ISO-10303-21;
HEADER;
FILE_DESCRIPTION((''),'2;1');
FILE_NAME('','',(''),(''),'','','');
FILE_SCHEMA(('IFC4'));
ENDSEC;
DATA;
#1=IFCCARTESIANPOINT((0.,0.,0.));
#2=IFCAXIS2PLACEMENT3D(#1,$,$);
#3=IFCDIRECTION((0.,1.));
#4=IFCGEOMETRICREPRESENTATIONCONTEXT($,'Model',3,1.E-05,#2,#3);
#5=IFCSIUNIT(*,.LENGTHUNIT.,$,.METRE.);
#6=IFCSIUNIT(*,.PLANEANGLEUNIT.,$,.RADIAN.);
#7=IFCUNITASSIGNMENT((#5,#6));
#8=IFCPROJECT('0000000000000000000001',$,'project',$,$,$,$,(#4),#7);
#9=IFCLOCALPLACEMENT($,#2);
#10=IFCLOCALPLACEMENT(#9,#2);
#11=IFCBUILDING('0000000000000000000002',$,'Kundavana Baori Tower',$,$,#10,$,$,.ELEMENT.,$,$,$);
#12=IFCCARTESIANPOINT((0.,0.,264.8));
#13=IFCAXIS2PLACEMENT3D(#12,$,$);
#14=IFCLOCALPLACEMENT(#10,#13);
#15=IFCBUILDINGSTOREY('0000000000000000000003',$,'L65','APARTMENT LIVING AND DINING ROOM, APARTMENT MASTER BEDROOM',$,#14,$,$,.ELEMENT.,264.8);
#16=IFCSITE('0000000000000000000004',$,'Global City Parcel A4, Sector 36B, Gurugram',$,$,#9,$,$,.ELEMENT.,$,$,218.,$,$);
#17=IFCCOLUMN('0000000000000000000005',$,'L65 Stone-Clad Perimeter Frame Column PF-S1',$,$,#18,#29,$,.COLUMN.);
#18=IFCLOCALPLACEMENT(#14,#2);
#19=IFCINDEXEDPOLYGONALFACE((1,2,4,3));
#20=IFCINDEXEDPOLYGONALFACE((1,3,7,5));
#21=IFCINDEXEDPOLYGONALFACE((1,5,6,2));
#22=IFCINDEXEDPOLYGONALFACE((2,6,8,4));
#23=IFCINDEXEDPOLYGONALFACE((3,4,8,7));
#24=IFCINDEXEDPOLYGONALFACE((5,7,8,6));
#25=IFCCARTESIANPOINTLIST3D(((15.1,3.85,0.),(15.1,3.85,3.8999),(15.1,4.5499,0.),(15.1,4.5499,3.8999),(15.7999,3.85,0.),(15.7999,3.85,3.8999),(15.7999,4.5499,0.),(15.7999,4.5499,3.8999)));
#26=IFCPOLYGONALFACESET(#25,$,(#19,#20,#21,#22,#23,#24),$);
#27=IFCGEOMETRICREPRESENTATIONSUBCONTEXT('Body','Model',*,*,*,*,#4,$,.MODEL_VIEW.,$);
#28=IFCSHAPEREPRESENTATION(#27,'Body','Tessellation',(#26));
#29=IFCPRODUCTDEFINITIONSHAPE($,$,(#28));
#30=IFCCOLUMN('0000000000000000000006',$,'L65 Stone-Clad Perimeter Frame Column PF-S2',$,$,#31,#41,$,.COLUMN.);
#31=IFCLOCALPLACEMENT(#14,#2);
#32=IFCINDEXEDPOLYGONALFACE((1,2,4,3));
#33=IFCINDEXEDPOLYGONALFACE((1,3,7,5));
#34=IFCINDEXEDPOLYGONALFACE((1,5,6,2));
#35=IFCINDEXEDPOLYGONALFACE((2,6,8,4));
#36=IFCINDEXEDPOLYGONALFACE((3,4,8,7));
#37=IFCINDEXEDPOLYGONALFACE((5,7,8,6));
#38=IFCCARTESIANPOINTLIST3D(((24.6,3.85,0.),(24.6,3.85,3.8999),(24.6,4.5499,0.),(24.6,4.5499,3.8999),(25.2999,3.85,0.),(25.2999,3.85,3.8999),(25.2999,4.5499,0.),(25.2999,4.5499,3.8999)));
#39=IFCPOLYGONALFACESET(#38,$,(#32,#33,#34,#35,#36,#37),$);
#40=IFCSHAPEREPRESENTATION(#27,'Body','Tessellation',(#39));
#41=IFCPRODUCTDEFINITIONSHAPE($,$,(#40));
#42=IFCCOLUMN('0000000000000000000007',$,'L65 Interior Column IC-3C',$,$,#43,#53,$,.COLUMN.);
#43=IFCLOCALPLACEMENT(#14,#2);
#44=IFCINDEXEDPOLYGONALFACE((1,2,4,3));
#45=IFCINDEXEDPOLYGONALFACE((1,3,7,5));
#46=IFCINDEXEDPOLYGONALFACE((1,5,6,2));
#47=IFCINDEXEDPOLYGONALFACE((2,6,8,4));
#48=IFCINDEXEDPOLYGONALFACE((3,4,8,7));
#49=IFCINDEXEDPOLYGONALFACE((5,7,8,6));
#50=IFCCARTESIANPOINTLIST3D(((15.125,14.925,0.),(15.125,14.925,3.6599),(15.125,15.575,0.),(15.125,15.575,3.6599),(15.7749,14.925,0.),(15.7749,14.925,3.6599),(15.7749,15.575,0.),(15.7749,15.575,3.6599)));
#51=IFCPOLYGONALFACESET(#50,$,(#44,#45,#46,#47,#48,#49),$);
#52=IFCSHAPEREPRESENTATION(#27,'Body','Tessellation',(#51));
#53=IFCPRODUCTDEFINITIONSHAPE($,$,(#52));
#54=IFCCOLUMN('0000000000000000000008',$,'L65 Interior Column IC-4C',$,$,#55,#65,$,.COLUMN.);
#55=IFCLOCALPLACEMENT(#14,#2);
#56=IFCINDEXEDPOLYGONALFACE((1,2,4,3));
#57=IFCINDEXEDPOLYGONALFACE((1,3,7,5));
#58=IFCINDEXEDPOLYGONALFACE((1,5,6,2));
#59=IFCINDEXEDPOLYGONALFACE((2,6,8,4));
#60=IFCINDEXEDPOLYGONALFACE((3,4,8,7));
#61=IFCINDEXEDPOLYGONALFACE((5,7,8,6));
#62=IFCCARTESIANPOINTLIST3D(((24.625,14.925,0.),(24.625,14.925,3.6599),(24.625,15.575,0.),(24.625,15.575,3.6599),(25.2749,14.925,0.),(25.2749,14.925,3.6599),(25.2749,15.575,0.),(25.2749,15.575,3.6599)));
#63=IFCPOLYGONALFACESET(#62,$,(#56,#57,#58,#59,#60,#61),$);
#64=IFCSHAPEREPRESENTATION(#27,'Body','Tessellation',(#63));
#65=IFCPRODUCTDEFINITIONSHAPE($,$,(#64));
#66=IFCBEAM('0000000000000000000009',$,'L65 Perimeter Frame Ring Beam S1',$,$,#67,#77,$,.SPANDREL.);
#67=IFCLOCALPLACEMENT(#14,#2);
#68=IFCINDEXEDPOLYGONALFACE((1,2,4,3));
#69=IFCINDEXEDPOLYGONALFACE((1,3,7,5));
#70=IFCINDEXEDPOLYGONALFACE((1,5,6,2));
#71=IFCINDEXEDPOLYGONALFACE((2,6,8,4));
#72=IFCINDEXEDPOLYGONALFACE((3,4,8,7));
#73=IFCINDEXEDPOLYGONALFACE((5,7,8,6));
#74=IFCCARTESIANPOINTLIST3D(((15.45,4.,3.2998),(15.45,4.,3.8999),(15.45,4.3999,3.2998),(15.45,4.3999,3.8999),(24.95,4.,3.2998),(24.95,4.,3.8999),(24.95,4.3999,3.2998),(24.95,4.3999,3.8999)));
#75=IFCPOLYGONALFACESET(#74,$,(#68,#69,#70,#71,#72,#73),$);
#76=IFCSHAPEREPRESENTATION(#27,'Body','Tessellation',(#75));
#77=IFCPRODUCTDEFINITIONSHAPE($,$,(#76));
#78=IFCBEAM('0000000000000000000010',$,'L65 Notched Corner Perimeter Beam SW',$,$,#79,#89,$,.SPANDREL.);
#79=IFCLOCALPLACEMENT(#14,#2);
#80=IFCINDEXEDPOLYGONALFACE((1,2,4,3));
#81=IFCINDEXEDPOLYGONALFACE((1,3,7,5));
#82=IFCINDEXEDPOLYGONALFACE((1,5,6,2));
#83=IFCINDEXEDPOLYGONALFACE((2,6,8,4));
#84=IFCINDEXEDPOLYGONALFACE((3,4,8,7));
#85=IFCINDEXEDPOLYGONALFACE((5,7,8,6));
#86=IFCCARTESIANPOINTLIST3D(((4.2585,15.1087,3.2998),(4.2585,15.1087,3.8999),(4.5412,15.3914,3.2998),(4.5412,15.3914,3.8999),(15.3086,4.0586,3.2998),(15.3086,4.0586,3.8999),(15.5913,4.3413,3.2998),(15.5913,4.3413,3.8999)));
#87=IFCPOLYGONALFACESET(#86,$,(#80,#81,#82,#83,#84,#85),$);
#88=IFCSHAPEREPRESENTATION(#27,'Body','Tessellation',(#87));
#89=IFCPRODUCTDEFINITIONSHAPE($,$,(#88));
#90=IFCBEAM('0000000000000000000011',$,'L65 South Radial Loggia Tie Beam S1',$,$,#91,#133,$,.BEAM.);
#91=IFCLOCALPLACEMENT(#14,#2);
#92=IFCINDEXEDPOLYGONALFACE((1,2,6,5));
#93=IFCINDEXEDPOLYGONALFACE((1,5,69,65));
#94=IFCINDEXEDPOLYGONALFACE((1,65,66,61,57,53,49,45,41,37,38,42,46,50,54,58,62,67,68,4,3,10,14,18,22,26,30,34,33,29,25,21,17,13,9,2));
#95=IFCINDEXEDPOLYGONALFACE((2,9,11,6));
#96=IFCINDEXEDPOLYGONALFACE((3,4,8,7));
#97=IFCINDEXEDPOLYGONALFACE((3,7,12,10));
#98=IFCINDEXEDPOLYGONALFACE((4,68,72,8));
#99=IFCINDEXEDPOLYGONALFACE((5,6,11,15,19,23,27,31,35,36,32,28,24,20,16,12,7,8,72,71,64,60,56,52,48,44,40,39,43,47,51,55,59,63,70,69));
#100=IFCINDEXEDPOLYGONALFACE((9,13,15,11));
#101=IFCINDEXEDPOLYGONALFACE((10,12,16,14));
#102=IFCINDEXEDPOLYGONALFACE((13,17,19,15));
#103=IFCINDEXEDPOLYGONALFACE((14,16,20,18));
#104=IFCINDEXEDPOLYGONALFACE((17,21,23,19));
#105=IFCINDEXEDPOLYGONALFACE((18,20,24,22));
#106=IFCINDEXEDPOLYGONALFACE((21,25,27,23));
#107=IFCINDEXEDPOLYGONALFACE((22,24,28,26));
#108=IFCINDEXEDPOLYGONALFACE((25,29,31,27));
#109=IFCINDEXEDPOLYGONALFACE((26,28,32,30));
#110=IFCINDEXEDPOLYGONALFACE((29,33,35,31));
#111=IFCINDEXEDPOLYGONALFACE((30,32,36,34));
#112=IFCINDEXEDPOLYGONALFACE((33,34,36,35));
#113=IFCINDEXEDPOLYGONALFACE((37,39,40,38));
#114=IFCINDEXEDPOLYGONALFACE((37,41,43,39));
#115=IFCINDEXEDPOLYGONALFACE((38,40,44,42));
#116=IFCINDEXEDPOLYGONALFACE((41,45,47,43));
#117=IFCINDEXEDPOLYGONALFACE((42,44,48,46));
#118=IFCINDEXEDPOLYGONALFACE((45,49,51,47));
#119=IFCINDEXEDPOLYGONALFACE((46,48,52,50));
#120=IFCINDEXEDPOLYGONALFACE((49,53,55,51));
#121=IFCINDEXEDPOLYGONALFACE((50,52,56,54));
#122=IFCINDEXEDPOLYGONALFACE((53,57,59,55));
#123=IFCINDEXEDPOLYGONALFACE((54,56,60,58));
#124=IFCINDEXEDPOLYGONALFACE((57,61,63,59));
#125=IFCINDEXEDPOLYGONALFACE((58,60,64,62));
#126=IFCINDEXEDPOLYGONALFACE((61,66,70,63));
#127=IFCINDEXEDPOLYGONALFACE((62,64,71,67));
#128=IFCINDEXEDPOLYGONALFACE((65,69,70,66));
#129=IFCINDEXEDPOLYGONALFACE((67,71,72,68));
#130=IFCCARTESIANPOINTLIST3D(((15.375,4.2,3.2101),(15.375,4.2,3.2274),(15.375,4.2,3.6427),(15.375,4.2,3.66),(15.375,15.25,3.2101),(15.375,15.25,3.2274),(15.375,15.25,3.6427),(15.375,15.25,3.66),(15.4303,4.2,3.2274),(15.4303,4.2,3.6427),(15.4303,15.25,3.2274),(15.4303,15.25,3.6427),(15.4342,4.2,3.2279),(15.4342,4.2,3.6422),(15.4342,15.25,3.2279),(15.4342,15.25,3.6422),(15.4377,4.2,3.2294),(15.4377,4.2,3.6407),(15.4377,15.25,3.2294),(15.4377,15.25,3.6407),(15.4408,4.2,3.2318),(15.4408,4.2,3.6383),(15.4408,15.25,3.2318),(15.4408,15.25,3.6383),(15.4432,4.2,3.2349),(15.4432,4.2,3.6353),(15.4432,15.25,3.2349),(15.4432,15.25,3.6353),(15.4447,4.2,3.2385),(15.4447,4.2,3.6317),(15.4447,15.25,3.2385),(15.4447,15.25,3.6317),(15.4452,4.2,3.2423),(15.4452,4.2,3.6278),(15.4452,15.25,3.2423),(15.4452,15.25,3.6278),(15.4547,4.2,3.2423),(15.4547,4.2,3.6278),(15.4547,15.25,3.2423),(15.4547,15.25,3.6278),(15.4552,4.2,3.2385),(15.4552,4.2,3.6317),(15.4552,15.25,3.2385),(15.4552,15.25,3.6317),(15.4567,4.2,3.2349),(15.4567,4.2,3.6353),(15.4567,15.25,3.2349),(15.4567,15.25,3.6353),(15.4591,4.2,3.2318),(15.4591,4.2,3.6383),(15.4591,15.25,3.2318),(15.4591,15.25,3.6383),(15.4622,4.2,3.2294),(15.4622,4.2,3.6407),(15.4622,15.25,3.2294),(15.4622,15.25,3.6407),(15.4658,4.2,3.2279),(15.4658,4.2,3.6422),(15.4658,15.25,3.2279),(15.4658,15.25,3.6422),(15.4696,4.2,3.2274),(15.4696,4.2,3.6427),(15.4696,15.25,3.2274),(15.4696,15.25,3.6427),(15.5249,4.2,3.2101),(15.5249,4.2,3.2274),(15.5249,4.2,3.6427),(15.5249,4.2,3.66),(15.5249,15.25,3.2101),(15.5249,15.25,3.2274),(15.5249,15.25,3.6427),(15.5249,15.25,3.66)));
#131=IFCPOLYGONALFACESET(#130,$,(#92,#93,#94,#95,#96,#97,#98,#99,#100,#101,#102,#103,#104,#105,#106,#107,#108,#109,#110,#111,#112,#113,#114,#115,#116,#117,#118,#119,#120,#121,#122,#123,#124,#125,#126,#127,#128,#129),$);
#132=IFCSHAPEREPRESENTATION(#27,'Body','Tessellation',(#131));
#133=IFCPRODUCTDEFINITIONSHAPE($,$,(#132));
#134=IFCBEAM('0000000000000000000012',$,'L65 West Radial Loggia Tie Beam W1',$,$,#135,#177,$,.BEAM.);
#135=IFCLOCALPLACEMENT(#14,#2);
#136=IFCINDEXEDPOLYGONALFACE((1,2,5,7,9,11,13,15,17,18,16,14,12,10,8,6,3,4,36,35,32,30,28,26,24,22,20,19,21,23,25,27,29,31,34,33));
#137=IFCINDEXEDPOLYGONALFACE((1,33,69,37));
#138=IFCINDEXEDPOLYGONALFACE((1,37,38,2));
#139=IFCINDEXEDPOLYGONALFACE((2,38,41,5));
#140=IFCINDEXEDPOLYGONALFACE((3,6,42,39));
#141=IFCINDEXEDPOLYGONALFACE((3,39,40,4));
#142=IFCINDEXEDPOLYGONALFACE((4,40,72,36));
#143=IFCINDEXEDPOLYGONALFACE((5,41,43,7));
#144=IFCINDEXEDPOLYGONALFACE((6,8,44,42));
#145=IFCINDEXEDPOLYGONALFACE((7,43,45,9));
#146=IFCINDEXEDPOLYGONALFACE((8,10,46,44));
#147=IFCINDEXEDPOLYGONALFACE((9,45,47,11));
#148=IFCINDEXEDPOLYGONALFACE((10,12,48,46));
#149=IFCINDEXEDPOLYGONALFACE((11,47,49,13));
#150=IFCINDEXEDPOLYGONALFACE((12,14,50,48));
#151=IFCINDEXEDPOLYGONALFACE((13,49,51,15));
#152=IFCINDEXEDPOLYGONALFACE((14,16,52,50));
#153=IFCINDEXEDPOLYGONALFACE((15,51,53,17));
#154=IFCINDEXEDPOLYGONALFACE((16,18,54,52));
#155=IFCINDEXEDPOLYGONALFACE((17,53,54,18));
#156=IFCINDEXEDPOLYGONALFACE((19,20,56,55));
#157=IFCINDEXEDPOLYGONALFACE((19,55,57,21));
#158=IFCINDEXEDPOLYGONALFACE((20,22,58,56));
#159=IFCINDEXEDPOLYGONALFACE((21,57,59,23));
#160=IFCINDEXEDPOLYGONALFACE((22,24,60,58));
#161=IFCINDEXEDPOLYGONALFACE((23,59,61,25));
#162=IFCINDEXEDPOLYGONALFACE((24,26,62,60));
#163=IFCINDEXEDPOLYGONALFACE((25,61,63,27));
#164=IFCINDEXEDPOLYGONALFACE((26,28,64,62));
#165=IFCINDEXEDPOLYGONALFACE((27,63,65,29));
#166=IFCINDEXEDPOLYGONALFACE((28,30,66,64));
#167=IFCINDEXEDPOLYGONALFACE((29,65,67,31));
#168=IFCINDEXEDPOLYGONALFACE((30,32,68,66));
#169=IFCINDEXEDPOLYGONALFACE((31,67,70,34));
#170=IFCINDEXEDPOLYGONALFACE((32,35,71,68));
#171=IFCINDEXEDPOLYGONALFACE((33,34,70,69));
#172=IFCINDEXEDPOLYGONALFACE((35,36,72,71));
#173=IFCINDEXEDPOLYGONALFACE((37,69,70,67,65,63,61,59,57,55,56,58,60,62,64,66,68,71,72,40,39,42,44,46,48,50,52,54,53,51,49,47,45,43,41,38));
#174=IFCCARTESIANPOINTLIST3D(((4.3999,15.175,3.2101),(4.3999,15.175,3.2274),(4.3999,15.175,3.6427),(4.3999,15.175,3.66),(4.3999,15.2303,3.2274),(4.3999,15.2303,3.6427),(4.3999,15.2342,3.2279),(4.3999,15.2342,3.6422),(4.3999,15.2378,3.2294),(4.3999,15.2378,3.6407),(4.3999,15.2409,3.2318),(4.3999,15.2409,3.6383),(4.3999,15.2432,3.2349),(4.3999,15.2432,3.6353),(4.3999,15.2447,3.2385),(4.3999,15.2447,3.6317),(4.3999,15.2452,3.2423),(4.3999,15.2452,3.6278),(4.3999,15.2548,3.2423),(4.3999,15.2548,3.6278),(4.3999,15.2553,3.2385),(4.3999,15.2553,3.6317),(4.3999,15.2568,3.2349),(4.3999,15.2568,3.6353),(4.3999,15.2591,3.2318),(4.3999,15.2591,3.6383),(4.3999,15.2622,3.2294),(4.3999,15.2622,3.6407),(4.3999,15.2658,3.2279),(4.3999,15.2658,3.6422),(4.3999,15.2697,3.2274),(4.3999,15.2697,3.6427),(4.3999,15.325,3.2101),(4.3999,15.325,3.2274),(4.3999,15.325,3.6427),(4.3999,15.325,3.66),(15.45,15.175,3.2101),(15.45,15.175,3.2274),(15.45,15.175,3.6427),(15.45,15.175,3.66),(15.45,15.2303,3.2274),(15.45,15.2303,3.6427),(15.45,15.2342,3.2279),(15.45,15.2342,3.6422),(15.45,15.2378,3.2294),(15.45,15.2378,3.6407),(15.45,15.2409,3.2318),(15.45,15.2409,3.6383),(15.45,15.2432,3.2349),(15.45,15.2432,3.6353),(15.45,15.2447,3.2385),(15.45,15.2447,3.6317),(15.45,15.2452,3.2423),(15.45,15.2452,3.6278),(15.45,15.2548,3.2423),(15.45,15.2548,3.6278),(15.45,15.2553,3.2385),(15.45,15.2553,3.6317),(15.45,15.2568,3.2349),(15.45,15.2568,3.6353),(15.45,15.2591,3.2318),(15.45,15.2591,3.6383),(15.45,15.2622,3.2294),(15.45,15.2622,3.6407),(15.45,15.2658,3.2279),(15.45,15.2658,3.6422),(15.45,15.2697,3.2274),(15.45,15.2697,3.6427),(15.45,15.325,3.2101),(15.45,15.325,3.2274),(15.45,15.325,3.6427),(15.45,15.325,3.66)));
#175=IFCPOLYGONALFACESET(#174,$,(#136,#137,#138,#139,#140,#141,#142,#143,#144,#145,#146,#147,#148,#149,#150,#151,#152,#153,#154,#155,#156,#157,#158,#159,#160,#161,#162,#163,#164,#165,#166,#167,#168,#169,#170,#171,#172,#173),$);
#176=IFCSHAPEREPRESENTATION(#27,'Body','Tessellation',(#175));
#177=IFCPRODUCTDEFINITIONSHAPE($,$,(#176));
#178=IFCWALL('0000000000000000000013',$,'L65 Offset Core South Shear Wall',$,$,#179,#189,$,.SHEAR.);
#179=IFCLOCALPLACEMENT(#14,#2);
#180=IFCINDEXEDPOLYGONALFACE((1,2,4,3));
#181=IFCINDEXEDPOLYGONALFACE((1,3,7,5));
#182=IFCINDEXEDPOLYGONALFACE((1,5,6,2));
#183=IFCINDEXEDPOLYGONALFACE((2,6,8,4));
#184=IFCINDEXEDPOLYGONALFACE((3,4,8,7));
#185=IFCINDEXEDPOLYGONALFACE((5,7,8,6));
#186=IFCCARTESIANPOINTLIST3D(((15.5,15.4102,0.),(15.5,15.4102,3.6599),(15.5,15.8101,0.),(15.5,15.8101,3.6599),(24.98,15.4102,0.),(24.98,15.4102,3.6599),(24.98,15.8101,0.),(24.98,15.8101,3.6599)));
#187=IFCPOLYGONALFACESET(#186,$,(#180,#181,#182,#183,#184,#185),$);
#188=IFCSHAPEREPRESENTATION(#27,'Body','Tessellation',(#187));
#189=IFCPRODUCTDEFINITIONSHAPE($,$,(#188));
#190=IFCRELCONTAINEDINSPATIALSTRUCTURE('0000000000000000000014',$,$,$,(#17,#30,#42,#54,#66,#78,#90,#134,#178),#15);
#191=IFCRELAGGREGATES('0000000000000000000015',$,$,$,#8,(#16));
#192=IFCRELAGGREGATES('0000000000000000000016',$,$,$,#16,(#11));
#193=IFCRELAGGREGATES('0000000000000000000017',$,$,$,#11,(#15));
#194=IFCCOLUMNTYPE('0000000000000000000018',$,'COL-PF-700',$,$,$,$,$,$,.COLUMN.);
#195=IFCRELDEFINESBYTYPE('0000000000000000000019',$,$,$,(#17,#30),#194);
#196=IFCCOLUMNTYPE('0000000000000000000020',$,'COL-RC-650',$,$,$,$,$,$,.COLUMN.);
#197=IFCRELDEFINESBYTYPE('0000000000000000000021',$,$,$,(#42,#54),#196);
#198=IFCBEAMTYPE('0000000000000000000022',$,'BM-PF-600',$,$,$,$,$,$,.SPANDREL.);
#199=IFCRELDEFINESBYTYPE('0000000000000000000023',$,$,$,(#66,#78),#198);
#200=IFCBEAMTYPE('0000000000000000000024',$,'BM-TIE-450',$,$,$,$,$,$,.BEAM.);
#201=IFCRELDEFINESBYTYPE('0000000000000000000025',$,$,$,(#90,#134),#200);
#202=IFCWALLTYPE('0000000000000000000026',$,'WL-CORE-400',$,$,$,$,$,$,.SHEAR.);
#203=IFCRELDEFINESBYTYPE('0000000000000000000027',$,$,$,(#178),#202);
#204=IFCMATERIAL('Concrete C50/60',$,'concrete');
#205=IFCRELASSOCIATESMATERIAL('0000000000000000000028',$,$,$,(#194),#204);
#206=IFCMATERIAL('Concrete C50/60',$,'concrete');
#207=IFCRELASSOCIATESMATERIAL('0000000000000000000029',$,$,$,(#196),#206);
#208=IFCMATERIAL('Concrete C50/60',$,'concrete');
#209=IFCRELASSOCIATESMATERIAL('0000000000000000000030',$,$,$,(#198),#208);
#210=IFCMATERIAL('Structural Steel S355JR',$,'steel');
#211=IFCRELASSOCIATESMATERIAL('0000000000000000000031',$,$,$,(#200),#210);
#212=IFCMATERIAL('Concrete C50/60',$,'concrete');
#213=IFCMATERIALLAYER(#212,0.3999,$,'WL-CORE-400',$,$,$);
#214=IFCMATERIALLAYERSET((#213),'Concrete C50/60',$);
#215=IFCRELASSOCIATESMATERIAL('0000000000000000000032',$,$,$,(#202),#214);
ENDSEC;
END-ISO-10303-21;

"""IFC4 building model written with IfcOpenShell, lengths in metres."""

from ifc_helpers import new_model, si_unit, direction, frame, frame_2d, origin, origin_2d, place, context, subcontext, project, spatial, rectangle, i_section, extrude, material, layer, layer_set, material_profile, profile_set, type_object, element, save


model = new_model("IFC4")

# Units and contexts
model_context = context("Model", 3, precision=1e-05, world=origin(), true_north=direction((0.0, 1.0)))
body_context = subcontext(model_context, "Body", "Model", "MODEL_VIEW")
ifc_project = project(units=[si_unit("LENGTHUNIT", "METRE"), si_unit("PLANEANGLEUNIT", "RADIAN")], contexts=[model_context])

# Site, building, storey
site_placement = place(None, origin())
site = spatial("IfcSite", under=ifc_project, at=site_placement, Name="Global City Parcel A4, Sector 36B, Gurugram", CompositionType="ELEMENT", RefElevation=218.0)
building_placement = place(site_placement, origin())
building = spatial("IfcBuilding", under=site, at=building_placement, Name="Kundavana Baori Tower", CompositionType="ELEMENT")
storey_placement = place(building_placement, frame((0.0, 0.0, 264.8)))
storey = spatial("IfcBuildingStorey", under=building, at=storey_placement, Name="L65", Description="APARTMENT LIVING AND DINING ROOM, APARTMENT MASTER BEDROOM", CompositionType="ELEMENT", Elevation=264.8)

# Columns
ifc_material_1 = material(Name="Concrete C50/60", Category="concrete")
ifc_material_profile_1 = material_profile(ifc_material_1, rectangle(XDim=0.7, YDim=0.7, at=origin_2d()), Name="RC PF 700x700")
ifc_profile_set_1 = profile_set([ifc_material_profile_1], Name="Concrete C50/60")
column_type_1 = type_object("IfcColumnType", Name="COL-PF-700", PredefinedType="COLUMN", material=ifc_profile_set_1)
for number, where, z_axis, x_axis, name in (
    (1, (15.45, 4.2, 0.0), (0.0, 0.0, 1.0), (1.0, 0.0, 0.0), "L65 Stone-Clad Perimeter Frame Column PF-S1"),
    (2, (24.95, 4.2, 0.0), (0.0, 0.0, 1.0), (1.0, 0.0, 0.0), "L65 Stone-Clad Perimeter Frame Column PF-S2"),
):
    element("IfcColumn", number, at=place(storey_placement, frame(where, z_axis=z_axis, x_axis=x_axis)), inside=storey, type_object=column_type_1, Name=name, PredefinedType="COLUMN", context=body_context, shape_type="SweptSolid", body=[
        extrude(rectangle(XDim=0.7, YDim=0.7, at=origin_2d()), origin(), (0.0, 0.0, 1.0), 3.8999),
    ])
ifc_material_2 = material(Name="Concrete C50/60", Category="concrete")
ifc_material_profile_2 = material_profile(ifc_material_2, rectangle(XDim=0.6499, YDim=0.6499, at=origin_2d()), Name="RC 650x650")
ifc_profile_set_2 = profile_set([ifc_material_profile_2], Name="Concrete C50/60")
column_type_2 = type_object("IfcColumnType", Name="COL-RC-650", PredefinedType="COLUMN", material=ifc_profile_set_2)
for number, where, z_axis, x_axis, name in (
    (3, (15.45, 15.25, 0.0), (0.0, 0.0, 1.0), (1.0, 0.0, 0.0), "L65 Interior Column IC-3C"),
    (4, (24.95, 15.25, 0.0), (0.0, 0.0, 1.0), (1.0, 0.0, 0.0), "L65 Interior Column IC-4C"),
):
    element("IfcColumn", number, at=place(storey_placement, frame(where, z_axis=z_axis, x_axis=x_axis)), inside=storey, type_object=column_type_2, Name=name, PredefinedType="COLUMN", context=body_context, shape_type="SweptSolid", body=[
        extrude(rectangle(XDim=0.6499, YDim=0.6499, at=origin_2d()), origin(), (0.0, 0.0, 1.0), 3.6599),
    ])

# Beams
ifc_material_3 = material(Name="Concrete C50/60", Category="concrete")
ifc_material_profile_3 = material_profile(ifc_material_3, rectangle(XDim=0.3999, YDim=0.6001, at=origin_2d()), Name="RC BM 400x600")
ifc_profile_set_3 = profile_set([ifc_material_profile_3], Name="Concrete C50/60")
beam_type_1 = type_object("IfcBeamType", Name="BM-PF-600", PredefinedType="SPANDREL", material=ifc_profile_set_3)
beam_1_placement = place(storey_placement, frame((15.45, 4.2, 3.5999), z_axis=(1.0, 0.0, 0.0), x_axis=(0.0, 1.0, 0.0)))
element("IfcBeam", 5, at=beam_1_placement, inside=storey, type_object=beam_type_1, Name="L65 Perimeter Frame Ring Beam S1", PredefinedType="SPANDREL", context=body_context, shape_type="SweptSolid", body=[
    extrude(rectangle(XDim=0.3999, YDim=0.6001, at=origin_2d()), origin(), (0.0, 0.0, 1.0), 9.5),
])
beam_2_placement = place(storey_placement, frame((15.45, 4.2, 3.5999), z_axis=(-0.707107, 0.707107, 0.0), x_axis=(-0.707107, -0.707107, 0.0)))
element("IfcBeam", 6, at=beam_2_placement, inside=storey, type_object=beam_type_1, Name="L65 Notched Corner Perimeter Beam SW", PredefinedType="SPANDREL", context=body_context, shape_type="SweptSolid", body=[
    extrude(rectangle(XDim=0.3999, YDim=0.6001, at=origin_2d()), origin(), (0.0, 0.0, 1.0), 15.6272),
])
ifc_material_4 = material(Name="Structural Steel S355JR", Category="steel")
ifc_material_profile_4 = material_profile(ifc_material_4, i_section(OverallWidth=0.1499, OverallDepth=0.45, WebThickness=0.0095, FlangeThickness=0.0173, FilletRadius=0.0149, at=origin_2d()), Name="ISMB 450")
ifc_profile_set_4 = profile_set([ifc_material_profile_4], Name="Structural Steel S355JR")
beam_type_2 = type_object("IfcBeamType", Name="BM-TIE-450", PredefinedType="BEAM", material=ifc_profile_set_4)
for number, where, z_axis, x_axis, name in (
    (7, (15.45, 15.25, 3.4351), (0.0, -1.0, 0.0), (1.0, 0.0, 0.0), "L65 South Radial Loggia Tie Beam S1"),
    (8, (15.45, 15.25, 3.4351), (-1.0, 0.0, 0.0), (0.0, -1.0, 0.0), "L65 West Radial Loggia Tie Beam W1"),
):
    element("IfcBeam", number, at=place(storey_placement, frame(where, z_axis=z_axis, x_axis=x_axis)), inside=storey, type_object=beam_type_2, Name=name, PredefinedType="BEAM", context=body_context, shape_type="SweptSolid", body=[
        extrude(i_section(OverallWidth=0.1499, OverallDepth=0.45, WebThickness=0.0095, FlangeThickness=0.0173, FilletRadius=0.0149, at=origin_2d()), origin(), (0.0, 0.0, 1.0), 11.05),
    ])

# Wall
ifc_material_5 = material(Name="Concrete C50/60", Category="concrete")
ifc_layer_1 = layer(ifc_material_5, 0.3999, Name="WL-CORE-400")
ifc_layer_set_1 = layer_set([ifc_layer_1], Name="Concrete C50/60")
wall_type_1 = type_object("IfcWallType", Name="WL-CORE-400", PredefinedType="SHEAR", material=ifc_layer_set_1)
wall_1_placement = place(storey_placement, frame((15.5, 15.6101, 0.0), z_axis=(0.0, 0.0, 1.0), x_axis=(1.0, 0.0, 0.0)))
element("IfcWall", 9, at=wall_1_placement, inside=storey, type_object=wall_type_1, Name="L65 Offset Core South Shear Wall", PredefinedType="SHEAR", context=body_context, shape_type="SweptSolid", body=[
    extrude(rectangle(XDim=9.48, YDim=0.3999, at=frame_2d((4.74, 0.0))), origin(), (0.0, 0.0, 1.0), 3.6599),
])

save(model, "model.ifc")
